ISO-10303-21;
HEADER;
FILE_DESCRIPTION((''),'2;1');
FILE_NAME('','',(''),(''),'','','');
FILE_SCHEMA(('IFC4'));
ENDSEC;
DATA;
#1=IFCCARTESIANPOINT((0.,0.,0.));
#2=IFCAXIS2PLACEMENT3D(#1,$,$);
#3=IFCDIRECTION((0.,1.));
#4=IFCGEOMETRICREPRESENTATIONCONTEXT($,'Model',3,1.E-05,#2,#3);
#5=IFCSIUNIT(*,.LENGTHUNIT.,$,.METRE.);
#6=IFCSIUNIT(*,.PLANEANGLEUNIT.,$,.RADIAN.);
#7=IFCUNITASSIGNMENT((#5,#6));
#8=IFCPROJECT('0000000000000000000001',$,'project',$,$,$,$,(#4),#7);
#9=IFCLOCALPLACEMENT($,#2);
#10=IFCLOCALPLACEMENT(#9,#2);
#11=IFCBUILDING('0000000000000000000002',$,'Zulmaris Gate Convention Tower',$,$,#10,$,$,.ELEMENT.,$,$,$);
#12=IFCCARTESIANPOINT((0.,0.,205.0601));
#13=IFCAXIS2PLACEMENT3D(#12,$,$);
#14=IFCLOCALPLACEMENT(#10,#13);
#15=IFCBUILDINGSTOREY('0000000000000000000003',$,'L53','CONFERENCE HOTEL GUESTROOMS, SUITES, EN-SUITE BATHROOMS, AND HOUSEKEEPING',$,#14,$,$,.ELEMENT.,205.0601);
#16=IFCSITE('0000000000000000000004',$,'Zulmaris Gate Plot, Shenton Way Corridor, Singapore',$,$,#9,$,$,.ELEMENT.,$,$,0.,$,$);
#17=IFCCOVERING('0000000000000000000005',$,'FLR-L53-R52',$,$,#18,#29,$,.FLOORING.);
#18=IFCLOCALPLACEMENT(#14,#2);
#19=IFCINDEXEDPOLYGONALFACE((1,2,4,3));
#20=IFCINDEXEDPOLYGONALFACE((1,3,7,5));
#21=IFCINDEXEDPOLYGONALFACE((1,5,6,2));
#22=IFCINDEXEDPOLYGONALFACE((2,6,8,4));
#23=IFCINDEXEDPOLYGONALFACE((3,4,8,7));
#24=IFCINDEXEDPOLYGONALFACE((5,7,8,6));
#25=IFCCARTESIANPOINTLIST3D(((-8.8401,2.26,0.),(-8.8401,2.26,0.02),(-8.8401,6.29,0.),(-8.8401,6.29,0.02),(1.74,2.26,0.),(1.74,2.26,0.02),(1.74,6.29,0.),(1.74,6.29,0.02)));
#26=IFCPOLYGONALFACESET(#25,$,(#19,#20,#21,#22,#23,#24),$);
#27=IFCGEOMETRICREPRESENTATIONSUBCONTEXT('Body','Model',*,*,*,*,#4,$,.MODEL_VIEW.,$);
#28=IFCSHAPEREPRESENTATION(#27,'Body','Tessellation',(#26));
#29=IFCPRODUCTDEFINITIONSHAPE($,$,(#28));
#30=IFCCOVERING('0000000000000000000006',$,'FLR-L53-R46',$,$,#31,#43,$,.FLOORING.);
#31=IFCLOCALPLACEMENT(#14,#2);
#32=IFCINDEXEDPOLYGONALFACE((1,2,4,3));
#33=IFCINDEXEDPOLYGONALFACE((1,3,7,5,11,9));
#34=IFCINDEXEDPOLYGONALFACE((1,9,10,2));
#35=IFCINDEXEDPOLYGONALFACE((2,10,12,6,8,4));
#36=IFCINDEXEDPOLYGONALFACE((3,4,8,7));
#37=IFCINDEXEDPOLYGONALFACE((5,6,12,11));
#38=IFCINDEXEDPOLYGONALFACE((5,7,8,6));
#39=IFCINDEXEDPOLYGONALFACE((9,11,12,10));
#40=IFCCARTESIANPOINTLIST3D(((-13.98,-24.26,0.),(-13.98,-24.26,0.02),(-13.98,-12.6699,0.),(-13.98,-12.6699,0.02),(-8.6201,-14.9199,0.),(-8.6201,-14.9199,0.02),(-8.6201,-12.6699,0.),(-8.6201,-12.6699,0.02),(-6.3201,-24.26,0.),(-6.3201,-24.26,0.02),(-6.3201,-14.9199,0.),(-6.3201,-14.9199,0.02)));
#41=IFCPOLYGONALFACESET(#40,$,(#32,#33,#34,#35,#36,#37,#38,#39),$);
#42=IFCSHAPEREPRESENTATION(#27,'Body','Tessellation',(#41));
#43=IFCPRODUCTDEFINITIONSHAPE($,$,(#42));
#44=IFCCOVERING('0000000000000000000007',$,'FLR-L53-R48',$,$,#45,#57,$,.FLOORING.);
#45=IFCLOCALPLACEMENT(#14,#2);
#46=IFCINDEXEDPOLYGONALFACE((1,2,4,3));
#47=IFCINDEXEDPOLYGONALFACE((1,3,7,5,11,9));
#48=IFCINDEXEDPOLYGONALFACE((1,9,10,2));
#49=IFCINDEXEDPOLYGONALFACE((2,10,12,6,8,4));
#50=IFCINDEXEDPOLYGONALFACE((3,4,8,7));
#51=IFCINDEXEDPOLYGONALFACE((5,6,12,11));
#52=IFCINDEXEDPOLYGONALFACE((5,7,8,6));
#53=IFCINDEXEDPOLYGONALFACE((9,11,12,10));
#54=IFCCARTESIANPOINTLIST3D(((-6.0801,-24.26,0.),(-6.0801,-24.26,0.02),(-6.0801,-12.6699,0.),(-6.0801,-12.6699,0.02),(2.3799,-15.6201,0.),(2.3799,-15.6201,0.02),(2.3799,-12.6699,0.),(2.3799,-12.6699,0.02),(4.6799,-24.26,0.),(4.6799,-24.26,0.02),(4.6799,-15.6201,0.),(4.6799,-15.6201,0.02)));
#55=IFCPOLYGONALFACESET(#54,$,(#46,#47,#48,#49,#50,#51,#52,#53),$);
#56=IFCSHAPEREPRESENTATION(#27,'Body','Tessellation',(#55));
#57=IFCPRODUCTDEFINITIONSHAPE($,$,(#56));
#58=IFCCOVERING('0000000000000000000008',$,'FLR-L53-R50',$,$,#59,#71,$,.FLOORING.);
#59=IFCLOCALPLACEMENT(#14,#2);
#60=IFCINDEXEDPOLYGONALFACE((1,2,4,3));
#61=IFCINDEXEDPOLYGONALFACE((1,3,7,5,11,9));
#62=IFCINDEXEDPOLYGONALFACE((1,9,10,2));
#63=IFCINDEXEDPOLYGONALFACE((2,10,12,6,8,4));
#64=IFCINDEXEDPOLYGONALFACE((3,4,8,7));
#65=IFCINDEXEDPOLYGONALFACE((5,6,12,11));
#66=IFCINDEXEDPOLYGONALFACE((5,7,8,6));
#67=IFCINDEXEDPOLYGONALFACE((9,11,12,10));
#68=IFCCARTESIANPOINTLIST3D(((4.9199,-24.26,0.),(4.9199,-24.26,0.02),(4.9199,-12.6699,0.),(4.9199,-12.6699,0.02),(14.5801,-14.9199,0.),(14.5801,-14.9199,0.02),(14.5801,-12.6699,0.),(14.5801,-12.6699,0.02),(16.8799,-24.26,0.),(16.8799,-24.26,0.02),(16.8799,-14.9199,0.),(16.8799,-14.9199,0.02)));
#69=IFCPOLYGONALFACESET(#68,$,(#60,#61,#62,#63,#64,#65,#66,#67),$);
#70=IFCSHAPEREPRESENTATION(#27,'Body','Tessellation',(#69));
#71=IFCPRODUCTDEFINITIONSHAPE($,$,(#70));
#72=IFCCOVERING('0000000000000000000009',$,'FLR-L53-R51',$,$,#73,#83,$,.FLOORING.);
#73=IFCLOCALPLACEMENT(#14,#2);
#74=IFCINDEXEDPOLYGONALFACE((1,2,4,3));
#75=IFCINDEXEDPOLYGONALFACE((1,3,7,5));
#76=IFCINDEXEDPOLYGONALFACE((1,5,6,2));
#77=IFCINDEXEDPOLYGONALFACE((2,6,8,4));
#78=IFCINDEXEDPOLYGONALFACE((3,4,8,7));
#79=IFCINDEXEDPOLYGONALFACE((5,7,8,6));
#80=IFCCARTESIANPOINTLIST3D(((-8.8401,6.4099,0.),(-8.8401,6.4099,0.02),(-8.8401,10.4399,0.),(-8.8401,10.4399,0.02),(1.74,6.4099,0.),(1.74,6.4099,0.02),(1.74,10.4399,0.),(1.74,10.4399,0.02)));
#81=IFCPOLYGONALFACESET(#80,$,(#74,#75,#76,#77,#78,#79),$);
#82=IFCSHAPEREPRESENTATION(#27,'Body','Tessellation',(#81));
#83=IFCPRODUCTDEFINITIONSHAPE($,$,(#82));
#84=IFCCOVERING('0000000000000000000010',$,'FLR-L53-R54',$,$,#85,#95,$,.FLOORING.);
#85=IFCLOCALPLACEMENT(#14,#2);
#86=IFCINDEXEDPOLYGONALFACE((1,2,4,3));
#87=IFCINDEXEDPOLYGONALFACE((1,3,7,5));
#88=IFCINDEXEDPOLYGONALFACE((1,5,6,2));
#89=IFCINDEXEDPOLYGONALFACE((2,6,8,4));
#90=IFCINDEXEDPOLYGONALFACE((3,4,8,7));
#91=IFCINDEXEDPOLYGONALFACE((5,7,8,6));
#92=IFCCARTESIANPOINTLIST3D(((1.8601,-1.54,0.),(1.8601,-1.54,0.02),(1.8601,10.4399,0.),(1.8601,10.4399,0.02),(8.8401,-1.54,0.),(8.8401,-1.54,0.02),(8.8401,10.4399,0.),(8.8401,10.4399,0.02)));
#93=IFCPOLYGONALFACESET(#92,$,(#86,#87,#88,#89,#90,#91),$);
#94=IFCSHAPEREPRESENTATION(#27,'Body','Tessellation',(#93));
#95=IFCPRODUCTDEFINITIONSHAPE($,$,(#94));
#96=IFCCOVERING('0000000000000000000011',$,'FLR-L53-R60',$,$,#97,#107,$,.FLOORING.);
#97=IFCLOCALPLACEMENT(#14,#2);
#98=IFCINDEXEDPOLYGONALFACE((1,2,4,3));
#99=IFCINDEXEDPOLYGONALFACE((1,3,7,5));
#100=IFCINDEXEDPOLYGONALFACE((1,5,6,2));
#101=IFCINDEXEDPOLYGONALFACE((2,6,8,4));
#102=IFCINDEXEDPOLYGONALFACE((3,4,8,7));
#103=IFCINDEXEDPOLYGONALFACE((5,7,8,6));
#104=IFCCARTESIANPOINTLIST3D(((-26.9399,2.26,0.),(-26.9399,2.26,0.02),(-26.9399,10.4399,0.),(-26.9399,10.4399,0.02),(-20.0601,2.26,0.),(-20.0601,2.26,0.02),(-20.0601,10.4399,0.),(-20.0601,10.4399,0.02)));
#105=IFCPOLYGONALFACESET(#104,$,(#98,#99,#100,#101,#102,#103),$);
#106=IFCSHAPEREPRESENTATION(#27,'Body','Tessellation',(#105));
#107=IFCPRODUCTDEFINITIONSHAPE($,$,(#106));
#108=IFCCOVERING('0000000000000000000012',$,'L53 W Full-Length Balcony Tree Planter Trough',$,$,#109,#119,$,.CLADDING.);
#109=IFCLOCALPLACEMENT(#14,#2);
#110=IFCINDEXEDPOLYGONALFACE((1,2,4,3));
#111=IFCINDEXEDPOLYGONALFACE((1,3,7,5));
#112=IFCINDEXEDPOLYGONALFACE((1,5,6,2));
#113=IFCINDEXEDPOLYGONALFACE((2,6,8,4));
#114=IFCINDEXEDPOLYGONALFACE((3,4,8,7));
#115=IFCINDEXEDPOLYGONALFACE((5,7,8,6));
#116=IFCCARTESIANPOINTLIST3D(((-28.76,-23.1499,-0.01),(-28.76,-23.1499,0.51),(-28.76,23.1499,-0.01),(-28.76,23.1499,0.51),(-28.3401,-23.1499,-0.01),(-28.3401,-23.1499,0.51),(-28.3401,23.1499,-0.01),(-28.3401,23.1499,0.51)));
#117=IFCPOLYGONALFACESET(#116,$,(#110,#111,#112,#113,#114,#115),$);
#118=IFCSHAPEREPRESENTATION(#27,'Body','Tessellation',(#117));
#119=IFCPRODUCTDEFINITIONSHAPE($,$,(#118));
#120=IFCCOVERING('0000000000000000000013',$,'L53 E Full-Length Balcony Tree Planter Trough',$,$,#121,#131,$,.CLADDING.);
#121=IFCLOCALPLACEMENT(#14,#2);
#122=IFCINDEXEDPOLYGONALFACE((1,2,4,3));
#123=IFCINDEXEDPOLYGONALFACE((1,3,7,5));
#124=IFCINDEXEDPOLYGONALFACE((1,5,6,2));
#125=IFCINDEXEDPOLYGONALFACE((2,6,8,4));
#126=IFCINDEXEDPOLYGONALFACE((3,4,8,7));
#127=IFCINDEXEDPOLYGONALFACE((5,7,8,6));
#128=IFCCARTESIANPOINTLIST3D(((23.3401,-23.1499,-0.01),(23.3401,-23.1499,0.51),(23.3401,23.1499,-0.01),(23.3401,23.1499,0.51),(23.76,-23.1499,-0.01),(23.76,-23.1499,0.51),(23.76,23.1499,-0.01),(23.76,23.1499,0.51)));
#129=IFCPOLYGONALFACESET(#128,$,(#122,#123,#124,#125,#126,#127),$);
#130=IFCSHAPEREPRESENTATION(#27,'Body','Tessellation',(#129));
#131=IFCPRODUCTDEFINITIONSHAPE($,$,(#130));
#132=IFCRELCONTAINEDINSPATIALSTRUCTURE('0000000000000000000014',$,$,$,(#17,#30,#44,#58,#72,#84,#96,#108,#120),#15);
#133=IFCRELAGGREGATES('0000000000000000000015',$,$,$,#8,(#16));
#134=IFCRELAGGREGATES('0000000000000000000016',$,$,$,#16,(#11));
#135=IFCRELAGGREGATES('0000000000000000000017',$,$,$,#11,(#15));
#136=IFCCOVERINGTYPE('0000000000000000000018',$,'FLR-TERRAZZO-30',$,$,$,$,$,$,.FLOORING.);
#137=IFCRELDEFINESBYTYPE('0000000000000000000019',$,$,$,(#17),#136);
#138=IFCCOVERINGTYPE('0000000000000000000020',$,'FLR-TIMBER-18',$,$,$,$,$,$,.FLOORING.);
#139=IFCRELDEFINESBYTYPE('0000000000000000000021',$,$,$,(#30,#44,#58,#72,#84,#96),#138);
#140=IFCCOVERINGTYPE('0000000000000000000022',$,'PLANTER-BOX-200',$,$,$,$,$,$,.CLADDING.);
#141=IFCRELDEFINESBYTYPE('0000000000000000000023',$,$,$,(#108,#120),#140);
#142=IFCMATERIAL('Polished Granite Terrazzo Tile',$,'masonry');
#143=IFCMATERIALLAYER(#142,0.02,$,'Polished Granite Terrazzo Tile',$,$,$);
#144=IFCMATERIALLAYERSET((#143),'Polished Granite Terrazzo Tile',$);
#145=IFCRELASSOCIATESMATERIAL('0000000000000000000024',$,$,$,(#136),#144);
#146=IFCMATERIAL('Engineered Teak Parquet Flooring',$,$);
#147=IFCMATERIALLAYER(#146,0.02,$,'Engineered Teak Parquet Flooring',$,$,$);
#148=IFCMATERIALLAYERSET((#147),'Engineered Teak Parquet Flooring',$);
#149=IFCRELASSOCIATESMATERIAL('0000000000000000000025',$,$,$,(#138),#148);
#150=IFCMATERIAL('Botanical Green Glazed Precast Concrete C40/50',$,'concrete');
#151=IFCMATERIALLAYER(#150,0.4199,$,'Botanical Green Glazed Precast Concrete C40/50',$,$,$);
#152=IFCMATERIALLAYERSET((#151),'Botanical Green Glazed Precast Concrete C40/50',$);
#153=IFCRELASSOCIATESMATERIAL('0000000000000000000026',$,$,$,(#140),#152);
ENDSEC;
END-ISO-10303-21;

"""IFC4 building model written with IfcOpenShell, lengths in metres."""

from ifc_helpers import new_model, si_unit, direction, frame, origin, place, context, subcontext, project, spatial, polyline, outline, extrude, material, layer, layer_set, type_object, element, save


model = new_model("IFC4")

# Units and contexts
model_context = context("Model", 3, precision=1e-05, world=origin(), true_north=direction((0.0, 1.0)))
body_context = subcontext(model_context, "Body", "Model", "MODEL_VIEW")
ifc_project = project(units=[si_unit("LENGTHUNIT", "METRE"), si_unit("PLANEANGLEUNIT", "RADIAN")], contexts=[model_context])

# Site, building, storey
site_placement = place(None, origin())
site = spatial("IfcSite", under=ifc_project, at=site_placement, Name="Zulmaris Gate Plot, Shenton Way Corridor, Singapore", CompositionType="ELEMENT", RefElevation=0.0)
building_placement = place(site_placement, origin())
building = spatial("IfcBuilding", under=site, at=building_placement, Name="Zulmaris Gate Convention Tower", CompositionType="ELEMENT")
storey_placement = place(building_placement, frame((0.0, 0.0, 205.0601)))
storey = spatial("IfcBuildingStorey", under=building, at=storey_placement, Name="L53", Description="CONFERENCE HOTEL GUESTROOMS, SUITES, EN-SUITE BATHROOMS, AND HOUSEKEEPING", CompositionType="ELEMENT", Elevation=205.0601)

# Coverings
ifc_material_1 = material(Name="Polished Granite Terrazzo Tile", Category="masonry")
ifc_layer_1 = layer(ifc_material_1, 0.02, Name="Polished Granite Terrazzo Tile")
ifc_layer_set_1 = layer_set([ifc_layer_1], Name="Polished Granite Terrazzo Tile")
covering_type_1 = type_object("IfcCoveringType", Name="FLR-TERRAZZO-30", PredefinedType="FLOORING", material=ifc_layer_set_1)
covering_1_placement = place(storey_placement, origin())
element("IfcCovering", 1, at=covering_1_placement, inside=storey, type_object=covering_type_1, Name="FLR-L53-R52", PredefinedType="FLOORING", context=body_context, shape_type="SweptSolid", body=[
    extrude(outline(polyline([(-8.8401, 2.26), (1.74, 2.26), (1.74, 6.29), (-8.8401, 6.29), (-8.8401, 2.26)])), origin(), (0.0, 0.0, 1.0), 0.02),
])
ifc_material_2 = material(Name="Engineered Teak Parquet Flooring")
ifc_layer_2 = layer(ifc_material_2, 0.02, Name="Engineered Teak Parquet Flooring")
ifc_layer_set_2 = layer_set([ifc_layer_2], Name="Engineered Teak Parquet Flooring")
covering_type_2 = type_object("IfcCoveringType", Name="FLR-TIMBER-18", PredefinedType="FLOORING", material=ifc_layer_set_2)
covering_2_placement = place(storey_placement, origin())
element("IfcCovering", 2, at=covering_2_placement, inside=storey, type_object=covering_type_2, Name="FLR-L53-R46", PredefinedType="FLOORING", context=body_context, shape_type="SweptSolid", body=[
    extrude(outline(polyline([(-13.98, -24.26), (-6.3201, -24.26), (-6.3201, -14.9199), (-8.6201, -14.9199), (-8.6201, -12.6699), (-13.98, -12.6699), (-13.98, -24.26)])), origin(), (0.0, 0.0, 1.0), 0.02),
])
covering_3_placement = place(storey_placement, origin())
element("IfcCovering", 3, at=covering_3_placement, inside=storey, type_object=covering_type_2, Name="FLR-L53-R48", PredefinedType="FLOORING", context=body_context, shape_type="SweptSolid", body=[
    extrude(outline(polyline([(-6.0801, -24.26), (4.6799, -24.26), (4.6799, -15.6201), (2.3799, -15.6201), (2.3799, -12.6699), (-6.0801, -12.6699), (-6.0801, -24.26)])), origin(), (0.0, 0.0, 1.0), 0.02),
])
covering_4_placement = place(storey_placement, origin())
element("IfcCovering", 4, at=covering_4_placement, inside=storey, type_object=covering_type_2, Name="FLR-L53-R50", PredefinedType="FLOORING", context=body_context, shape_type="SweptSolid", body=[
    extrude(outline(polyline([(4.9199, -24.26), (16.8799, -24.26), (16.8799, -14.9199), (14.5801, -14.9199), (14.5801, -12.6699), (4.9199, -12.6699), (4.9199, -24.26)])), origin(), (0.0, 0.0, 1.0), 0.02),
])
covering_5_placement = place(storey_placement, origin())
element("IfcCovering", 5, at=covering_5_placement, inside=storey, type_object=covering_type_2, Name="FLR-L53-R51", PredefinedType="FLOORING", context=body_context, shape_type="SweptSolid", body=[
    extrude(outline(polyline([(-8.8401, 6.4099), (1.74, 6.4099), (1.74, 10.4399), (-8.8401, 10.4399), (-8.8401, 6.4099)])), origin(), (0.0, 0.0, 1.0), 0.02),
])
covering_6_placement = place(storey_placement, origin())
element("IfcCovering", 6, at=covering_6_placement, inside=storey, type_object=covering_type_2, Name="FLR-L53-R54", PredefinedType="FLOORING", context=body_context, shape_type="SweptSolid", body=[
    extrude(outline(polyline([(1.8601, -1.54), (8.8401, -1.54), (8.8401, 10.4399), (1.8601, 10.4399), (1.8601, -1.54)])), origin(), (0.0, 0.0, 1.0), 0.02),
])
covering_7_placement = place(storey_placement, origin())
element("IfcCovering", 7, at=covering_7_placement, inside=storey, type_object=covering_type_2, Name="FLR-L53-R60", PredefinedType="FLOORING", context=body_context, shape_type="SweptSolid", body=[
    extrude(outline(polyline([(-26.9399, 2.26), (-20.0601, 2.26), (-20.0601, 10.4399), (-26.9399, 10.4399), (-26.9399, 2.26)])), origin(), (0.0, 0.0, 1.0), 0.02),
])
ifc_material_3 = material(Name="Botanical Green Glazed Precast Concrete C40/50", Category="concrete")
ifc_layer_3 = layer(ifc_material_3, 0.4199, Name="Botanical Green Glazed Precast Concrete C40/50")
ifc_layer_set_3 = layer_set([ifc_layer_3], Name="Botanical Green Glazed Precast Concrete C40/50")
covering_type_3 = type_object("IfcCoveringType", Name="PLANTER-BOX-200", PredefinedType="CLADDING", material=ifc_layer_set_3)
covering_8_placement = place(storey_placement, frame((0.0, 0.0, -0.01)))
element("IfcCovering", 8, at=covering_8_placement, inside=storey, type_object=covering_type_3, Name="L53 W Full-Length Balcony Tree Planter Trough", PredefinedType="CLADDING", context=body_context, shape_type="SweptSolid", body=[
    extrude(outline(polyline([(-28.76, -23.1499), (-28.3401, -23.1499), (-28.3401, 23.1499), (-28.76, 23.1499), (-28.76, -23.1499)])), origin(), (0.0, 0.0, 1.0), 0.52),
])
covering_9_placement = place(storey_placement, frame((0.0, 0.0, -0.01)))
element("IfcCovering", 9, at=covering_9_placement, inside=storey, type_object=covering_type_3, Name="L53 E Full-Length Balcony Tree Planter Trough", PredefinedType="CLADDING", context=body_context, shape_type="SweptSolid", body=[
    extrude(outline(polyline([(23.3401, -23.1499), (23.76, -23.1499), (23.76, 23.1499), (23.3401, 23.1499), (23.3401, -23.1499)])), origin(), (0.0, 0.0, 1.0), 0.52),
])

save(model, "model.ifc")
